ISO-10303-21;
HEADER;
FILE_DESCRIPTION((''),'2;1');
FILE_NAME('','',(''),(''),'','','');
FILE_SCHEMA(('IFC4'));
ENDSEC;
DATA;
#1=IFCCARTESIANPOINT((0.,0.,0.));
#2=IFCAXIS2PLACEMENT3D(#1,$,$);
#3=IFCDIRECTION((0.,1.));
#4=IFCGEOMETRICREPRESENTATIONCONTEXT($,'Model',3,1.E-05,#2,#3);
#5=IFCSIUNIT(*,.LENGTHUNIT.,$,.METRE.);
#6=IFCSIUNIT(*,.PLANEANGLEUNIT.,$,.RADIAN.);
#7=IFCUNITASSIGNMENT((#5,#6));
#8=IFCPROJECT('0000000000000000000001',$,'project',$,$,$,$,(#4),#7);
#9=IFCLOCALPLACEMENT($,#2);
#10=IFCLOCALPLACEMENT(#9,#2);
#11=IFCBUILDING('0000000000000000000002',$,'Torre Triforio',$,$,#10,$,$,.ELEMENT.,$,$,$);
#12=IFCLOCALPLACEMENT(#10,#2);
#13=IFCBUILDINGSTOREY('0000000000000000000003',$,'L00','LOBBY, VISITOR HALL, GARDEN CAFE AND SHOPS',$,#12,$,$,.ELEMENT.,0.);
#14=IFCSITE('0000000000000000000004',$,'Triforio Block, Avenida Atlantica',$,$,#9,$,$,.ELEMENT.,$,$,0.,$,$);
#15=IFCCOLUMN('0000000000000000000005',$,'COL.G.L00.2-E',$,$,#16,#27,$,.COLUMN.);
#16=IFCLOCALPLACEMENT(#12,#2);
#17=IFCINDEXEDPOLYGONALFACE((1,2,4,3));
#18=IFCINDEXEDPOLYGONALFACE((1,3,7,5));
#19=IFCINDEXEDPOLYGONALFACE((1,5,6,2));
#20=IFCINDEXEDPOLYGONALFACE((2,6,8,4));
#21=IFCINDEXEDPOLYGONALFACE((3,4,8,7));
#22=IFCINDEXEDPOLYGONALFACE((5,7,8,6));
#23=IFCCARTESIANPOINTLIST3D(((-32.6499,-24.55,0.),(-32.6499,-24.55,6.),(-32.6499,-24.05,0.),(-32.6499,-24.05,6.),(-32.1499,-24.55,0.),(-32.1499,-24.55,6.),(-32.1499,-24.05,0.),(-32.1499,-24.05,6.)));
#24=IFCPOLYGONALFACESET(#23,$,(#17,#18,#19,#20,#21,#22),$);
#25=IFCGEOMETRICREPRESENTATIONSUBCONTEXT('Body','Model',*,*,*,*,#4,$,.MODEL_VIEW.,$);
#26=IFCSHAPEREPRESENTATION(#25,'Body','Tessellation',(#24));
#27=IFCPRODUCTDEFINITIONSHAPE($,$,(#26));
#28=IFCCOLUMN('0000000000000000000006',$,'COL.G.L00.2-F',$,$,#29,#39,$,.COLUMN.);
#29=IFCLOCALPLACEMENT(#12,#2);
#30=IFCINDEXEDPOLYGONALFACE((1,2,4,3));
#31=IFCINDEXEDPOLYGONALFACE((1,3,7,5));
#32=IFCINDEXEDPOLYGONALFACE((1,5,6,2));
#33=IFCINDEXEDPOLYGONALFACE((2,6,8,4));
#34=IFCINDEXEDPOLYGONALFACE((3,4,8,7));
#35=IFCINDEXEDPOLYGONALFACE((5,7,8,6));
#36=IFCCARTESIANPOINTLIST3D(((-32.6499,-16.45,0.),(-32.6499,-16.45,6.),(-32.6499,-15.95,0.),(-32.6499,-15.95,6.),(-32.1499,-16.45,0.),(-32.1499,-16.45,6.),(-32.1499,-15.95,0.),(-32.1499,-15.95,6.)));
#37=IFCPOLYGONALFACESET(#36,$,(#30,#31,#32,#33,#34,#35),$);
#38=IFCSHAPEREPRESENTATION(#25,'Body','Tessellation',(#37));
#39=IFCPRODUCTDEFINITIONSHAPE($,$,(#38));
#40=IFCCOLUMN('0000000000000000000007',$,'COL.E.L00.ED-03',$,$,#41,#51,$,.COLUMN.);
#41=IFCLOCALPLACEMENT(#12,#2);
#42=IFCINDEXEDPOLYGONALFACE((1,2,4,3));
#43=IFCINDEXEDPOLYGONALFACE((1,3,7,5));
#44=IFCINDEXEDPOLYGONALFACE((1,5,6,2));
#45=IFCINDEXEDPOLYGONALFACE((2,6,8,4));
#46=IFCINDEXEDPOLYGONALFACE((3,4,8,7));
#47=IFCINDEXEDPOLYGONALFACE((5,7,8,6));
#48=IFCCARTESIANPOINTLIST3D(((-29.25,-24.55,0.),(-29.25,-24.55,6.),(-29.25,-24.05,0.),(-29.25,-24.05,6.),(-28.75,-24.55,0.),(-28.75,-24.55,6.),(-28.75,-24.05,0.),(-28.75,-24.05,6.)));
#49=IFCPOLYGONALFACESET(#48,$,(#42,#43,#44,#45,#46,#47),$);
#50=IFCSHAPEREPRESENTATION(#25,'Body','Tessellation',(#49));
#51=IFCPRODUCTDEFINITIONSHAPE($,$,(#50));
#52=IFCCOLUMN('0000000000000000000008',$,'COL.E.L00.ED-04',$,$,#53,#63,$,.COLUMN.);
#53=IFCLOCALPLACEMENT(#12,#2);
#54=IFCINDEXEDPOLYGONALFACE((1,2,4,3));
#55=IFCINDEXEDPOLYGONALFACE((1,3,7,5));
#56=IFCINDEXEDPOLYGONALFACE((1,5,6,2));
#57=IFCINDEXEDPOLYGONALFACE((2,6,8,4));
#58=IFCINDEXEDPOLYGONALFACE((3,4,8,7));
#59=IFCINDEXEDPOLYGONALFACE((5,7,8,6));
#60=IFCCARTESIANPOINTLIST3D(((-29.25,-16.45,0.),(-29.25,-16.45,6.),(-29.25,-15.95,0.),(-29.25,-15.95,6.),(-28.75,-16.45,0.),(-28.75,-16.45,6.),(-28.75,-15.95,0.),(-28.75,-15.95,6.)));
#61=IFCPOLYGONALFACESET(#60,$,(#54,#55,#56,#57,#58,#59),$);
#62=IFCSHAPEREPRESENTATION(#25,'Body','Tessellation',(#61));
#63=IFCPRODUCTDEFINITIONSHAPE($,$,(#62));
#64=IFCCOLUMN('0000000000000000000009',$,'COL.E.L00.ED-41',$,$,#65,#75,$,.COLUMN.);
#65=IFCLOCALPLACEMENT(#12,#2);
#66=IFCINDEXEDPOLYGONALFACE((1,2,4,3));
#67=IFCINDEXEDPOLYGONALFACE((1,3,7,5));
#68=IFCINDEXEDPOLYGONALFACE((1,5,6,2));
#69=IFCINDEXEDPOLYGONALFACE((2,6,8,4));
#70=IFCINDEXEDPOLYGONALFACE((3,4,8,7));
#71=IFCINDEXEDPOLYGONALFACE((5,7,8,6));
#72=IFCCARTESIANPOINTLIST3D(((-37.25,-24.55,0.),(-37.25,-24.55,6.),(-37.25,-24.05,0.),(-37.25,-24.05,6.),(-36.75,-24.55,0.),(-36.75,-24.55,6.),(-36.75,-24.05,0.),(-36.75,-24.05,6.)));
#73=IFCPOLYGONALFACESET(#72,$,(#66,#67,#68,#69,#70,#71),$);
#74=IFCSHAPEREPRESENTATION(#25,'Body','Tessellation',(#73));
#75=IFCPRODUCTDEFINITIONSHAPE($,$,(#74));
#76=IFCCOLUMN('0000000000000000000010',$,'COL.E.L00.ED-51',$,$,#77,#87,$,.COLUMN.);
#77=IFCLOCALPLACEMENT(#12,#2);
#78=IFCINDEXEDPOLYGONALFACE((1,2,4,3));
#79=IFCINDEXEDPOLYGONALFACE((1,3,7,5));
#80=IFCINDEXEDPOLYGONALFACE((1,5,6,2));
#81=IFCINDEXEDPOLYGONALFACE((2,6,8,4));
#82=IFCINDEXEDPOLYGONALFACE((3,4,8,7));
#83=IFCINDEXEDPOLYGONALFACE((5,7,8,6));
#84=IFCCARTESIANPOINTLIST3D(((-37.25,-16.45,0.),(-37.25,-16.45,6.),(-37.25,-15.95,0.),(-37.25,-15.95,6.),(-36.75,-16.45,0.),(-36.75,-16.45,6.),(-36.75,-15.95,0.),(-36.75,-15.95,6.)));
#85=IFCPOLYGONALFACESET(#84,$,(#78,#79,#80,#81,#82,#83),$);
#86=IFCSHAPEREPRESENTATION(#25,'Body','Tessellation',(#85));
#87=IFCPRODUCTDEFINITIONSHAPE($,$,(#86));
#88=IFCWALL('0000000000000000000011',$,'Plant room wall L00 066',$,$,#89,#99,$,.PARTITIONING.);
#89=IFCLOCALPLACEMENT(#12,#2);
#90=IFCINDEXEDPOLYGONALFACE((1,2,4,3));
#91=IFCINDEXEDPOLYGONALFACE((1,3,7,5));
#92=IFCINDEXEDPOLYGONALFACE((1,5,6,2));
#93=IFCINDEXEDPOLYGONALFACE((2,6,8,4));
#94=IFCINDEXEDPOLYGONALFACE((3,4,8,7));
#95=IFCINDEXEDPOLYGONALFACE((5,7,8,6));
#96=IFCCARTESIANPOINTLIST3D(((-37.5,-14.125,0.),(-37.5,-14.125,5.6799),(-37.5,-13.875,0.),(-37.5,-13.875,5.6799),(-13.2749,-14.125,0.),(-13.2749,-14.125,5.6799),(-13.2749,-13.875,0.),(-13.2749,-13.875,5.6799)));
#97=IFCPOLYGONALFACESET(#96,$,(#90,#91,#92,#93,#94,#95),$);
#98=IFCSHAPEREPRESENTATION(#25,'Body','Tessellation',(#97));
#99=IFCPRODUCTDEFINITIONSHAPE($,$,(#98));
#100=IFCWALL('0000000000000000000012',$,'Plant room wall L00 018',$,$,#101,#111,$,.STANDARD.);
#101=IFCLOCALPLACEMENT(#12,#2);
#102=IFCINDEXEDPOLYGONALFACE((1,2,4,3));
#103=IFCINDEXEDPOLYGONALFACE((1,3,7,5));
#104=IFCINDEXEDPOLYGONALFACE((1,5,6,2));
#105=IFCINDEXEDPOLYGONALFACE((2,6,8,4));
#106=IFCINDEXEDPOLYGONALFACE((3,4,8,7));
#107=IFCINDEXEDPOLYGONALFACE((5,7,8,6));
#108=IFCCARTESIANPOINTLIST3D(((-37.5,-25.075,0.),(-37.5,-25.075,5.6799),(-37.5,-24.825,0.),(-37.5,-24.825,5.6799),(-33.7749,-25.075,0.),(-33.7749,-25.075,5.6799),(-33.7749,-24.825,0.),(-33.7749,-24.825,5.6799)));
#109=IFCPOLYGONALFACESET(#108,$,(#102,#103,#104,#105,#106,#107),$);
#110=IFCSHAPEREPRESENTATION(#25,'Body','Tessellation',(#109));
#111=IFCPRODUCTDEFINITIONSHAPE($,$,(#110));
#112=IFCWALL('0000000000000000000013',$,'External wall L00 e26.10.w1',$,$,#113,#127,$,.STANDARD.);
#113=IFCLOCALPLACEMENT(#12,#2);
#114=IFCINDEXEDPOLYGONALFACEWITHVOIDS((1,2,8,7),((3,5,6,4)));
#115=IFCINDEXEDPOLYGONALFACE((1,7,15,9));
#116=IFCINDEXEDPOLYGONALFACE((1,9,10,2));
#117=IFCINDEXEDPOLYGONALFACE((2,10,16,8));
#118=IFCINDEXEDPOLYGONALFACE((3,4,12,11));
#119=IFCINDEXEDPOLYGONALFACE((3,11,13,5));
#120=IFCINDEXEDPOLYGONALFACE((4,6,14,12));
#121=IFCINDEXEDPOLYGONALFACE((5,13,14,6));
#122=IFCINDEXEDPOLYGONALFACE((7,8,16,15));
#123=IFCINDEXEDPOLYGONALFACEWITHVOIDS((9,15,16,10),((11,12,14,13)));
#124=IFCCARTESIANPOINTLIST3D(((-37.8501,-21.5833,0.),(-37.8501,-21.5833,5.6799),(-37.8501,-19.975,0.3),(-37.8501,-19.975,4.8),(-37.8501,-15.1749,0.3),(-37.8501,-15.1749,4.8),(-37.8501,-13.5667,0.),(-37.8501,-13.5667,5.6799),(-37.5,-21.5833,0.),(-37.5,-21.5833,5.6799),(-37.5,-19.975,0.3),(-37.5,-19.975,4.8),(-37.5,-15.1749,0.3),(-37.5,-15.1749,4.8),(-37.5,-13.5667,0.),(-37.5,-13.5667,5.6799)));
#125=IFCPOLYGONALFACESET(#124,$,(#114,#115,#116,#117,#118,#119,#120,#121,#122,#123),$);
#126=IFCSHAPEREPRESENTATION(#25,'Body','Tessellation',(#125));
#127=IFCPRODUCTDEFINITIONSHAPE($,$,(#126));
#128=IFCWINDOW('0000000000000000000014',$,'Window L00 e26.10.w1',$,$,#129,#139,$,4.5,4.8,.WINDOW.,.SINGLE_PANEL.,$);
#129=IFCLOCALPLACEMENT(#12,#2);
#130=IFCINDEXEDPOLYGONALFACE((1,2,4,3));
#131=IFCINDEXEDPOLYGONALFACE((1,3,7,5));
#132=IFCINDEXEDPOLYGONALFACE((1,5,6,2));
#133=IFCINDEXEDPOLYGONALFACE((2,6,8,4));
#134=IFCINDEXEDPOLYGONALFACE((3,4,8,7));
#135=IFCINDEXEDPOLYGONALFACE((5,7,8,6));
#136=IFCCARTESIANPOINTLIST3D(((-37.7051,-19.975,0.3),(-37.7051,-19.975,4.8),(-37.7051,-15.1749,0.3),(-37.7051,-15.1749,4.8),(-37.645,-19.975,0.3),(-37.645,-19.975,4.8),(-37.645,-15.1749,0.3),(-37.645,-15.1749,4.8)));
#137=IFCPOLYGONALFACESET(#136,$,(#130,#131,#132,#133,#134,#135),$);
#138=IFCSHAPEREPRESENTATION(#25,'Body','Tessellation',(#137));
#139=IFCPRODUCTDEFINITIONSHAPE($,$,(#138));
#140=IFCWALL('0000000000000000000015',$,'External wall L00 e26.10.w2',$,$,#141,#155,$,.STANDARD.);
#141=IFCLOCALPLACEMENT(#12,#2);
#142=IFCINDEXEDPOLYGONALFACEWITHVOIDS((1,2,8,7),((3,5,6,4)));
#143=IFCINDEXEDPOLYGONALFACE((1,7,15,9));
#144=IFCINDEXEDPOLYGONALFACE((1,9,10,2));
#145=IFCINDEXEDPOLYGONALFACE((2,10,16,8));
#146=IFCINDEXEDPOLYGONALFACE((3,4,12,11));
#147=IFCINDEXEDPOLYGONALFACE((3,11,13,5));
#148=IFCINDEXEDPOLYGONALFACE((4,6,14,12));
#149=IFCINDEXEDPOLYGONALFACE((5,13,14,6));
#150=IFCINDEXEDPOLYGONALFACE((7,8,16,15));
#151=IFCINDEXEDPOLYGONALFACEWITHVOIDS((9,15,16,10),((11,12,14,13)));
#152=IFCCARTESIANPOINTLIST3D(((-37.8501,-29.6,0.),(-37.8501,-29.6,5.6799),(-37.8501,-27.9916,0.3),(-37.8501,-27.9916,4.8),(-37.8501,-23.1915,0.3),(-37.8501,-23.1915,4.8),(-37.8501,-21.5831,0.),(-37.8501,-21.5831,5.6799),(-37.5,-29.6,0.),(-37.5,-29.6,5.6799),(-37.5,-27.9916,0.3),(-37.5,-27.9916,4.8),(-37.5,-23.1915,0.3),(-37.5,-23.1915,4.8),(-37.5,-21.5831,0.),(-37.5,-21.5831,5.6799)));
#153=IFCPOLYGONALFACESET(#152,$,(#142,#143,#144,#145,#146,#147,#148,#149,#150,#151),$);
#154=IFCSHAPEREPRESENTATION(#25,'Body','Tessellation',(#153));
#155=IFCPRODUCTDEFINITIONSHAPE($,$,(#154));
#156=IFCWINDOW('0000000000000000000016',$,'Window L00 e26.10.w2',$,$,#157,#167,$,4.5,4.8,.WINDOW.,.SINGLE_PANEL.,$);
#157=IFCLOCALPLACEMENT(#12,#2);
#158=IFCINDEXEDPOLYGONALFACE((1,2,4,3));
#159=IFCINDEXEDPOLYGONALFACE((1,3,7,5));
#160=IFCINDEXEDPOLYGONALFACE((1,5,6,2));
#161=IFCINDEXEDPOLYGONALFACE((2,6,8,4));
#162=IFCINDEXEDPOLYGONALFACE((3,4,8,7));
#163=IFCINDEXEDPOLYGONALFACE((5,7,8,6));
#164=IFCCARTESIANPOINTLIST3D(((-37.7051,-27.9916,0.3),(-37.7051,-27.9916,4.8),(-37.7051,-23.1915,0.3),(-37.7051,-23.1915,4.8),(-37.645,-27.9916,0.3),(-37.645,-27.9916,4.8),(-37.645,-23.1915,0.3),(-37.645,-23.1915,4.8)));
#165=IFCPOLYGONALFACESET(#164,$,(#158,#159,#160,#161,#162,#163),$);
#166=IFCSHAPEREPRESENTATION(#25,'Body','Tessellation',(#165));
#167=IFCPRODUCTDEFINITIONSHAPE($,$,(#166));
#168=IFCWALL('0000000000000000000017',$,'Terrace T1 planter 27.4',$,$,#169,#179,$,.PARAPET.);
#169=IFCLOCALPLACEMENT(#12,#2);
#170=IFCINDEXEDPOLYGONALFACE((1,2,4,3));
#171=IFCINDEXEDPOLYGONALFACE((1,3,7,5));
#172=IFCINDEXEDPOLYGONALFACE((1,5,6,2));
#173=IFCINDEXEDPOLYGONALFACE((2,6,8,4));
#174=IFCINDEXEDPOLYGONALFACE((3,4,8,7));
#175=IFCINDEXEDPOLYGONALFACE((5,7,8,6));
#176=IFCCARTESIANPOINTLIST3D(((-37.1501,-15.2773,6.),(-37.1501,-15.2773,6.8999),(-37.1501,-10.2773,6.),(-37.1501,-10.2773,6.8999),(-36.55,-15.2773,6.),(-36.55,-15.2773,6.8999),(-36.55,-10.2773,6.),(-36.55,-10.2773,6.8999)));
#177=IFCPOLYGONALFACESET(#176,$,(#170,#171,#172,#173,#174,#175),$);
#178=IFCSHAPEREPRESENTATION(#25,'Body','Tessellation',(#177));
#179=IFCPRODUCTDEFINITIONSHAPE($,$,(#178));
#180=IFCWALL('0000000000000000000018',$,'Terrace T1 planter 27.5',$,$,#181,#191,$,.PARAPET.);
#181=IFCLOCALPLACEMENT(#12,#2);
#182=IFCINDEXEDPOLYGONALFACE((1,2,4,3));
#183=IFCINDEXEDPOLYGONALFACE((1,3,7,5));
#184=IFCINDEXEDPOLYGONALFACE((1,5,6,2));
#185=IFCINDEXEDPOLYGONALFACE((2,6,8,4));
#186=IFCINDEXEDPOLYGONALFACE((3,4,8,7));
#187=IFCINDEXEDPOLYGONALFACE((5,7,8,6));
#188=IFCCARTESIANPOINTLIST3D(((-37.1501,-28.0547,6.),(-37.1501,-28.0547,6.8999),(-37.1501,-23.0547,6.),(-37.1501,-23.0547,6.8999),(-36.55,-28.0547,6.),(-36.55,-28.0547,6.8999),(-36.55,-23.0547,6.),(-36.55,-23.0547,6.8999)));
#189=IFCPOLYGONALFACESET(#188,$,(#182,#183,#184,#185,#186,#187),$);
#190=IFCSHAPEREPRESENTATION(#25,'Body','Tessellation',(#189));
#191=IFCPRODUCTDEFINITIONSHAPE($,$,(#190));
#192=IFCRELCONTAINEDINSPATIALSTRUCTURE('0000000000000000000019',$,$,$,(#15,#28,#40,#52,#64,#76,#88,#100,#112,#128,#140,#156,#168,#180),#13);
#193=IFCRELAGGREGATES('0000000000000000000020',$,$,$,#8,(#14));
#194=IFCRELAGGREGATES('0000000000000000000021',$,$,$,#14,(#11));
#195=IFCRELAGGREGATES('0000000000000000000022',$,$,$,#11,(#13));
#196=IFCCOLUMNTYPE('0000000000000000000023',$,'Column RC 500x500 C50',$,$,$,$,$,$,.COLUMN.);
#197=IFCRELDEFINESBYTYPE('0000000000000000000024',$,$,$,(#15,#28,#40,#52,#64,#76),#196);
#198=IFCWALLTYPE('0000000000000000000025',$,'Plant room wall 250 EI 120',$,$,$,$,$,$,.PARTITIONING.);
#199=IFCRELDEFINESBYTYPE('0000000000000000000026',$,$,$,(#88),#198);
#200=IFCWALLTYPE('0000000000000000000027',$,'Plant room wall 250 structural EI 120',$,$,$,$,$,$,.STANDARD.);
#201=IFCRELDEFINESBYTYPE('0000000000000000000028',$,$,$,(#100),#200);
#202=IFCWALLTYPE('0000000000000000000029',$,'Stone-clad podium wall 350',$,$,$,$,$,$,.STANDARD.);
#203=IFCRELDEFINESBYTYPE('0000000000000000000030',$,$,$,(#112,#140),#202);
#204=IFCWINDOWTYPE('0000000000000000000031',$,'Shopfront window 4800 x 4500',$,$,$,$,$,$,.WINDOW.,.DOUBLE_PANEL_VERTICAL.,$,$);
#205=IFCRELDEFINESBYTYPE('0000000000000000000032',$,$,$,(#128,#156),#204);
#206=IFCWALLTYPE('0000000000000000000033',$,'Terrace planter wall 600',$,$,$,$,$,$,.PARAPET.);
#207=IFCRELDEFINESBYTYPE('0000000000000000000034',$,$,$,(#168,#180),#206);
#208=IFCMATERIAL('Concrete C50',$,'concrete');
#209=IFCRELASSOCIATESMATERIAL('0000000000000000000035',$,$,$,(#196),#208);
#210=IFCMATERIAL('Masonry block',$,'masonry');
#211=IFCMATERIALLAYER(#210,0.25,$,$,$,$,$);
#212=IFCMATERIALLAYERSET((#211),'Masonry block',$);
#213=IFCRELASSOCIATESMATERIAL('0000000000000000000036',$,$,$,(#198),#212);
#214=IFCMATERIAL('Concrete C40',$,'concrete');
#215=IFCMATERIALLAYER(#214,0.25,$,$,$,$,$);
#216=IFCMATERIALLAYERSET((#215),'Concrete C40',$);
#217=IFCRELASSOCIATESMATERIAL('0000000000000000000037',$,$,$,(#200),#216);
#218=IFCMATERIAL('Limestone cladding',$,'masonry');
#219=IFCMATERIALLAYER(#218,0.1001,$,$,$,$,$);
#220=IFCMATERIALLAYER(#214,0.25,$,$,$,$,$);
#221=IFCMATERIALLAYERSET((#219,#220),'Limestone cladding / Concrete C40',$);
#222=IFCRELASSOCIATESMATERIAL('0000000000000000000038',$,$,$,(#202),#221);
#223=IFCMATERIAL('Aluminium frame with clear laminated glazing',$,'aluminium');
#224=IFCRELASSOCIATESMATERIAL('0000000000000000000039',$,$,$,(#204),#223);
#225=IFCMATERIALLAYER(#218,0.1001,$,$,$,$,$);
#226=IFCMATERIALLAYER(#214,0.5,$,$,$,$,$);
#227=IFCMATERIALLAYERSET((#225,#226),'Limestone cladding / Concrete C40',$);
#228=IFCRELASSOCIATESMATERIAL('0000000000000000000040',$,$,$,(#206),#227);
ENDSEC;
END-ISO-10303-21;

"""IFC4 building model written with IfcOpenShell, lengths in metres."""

from ifc_helpers import new_model, si_unit, direction, frame, frame_2d, origin, origin_2d, place, context, subcontext, project, spatial, rectangle, extrude, material, layer, layer_set, material_profile, profile_set, type_object, element, fill, save


model = new_model("IFC4")

# Units and contexts
model_context = context("Model", 3, precision=1e-05, world=origin(), true_north=direction((0.0, 1.0)))
body_context = subcontext(model_context, "Body", "Model", "MODEL_VIEW")
ifc_project = project(units=[si_unit("LENGTHUNIT", "METRE"), si_unit("PLANEANGLEUNIT", "RADIAN")], contexts=[model_context])

# Site, building, storey
site_placement = place(None, origin())
site = spatial("IfcSite", under=ifc_project, at=site_placement, Name="Triforio Block, Avenida Atlantica", CompositionType="ELEMENT", RefElevation=0.0)
building_placement = place(site_placement, origin())
building = spatial("IfcBuilding", under=site, at=building_placement, Name="Torre Triforio", CompositionType="ELEMENT")
storey_placement = place(building_placement, origin())
storey = spatial("IfcBuildingStorey", under=building, at=storey_placement, Name="L00", Description="LOBBY, VISITOR HALL, GARDEN CAFE AND SHOPS", CompositionType="ELEMENT", Elevation=0.0)

# Columns
ifc_material_1 = material(Name="Concrete C50", Category="concrete")
ifc_material_profile = material_profile(ifc_material_1, rectangle(XDim=0.5, YDim=0.5, at=origin_2d()), Name="RC 500x500")
ifc_profile_set = profile_set([ifc_material_profile], Name="Concrete C50")
column_type = type_object("IfcColumnType", Name="Column RC 500x500 C50", PredefinedType="COLUMN", material=ifc_profile_set)
for number, where, z_axis, x_axis, name in (
    (1, (-32.3999, -24.3, 0.0), (0.0, 0.0, 1.0), (1.0, 0.0, 0.0), "COL.G.L00.2-E"),
    (2, (-32.3999, -16.2, 0.0), (0.0, 0.0, 1.0), (1.0, 0.0, 0.0), "COL.G.L00.2-F"),
    (3, (-29.0, -24.3, 0.0), (0.0, 0.0, 1.0), (1.0, 0.0, 0.0), "COL.E.L00.ED-03"),
    (4, (-29.0, -16.2, 0.0), (0.0, 0.0, 1.0), (1.0, 0.0, 0.0), "COL.E.L00.ED-04"),
    (5, (-37.0, -24.3, 0.0), (0.0, 0.0, 1.0), (1.0, 0.0, 0.0), "COL.E.L00.ED-41"),
    (6, (-37.0, -16.2, 0.0), (0.0, 0.0, 1.0), (1.0, 0.0, 0.0), "COL.E.L00.ED-51"),
):
    element("IfcColumn", number, at=place(storey_placement, frame(where, z_axis=z_axis, x_axis=x_axis)), inside=storey, type_object=column_type, Name=name, PredefinedType="COLUMN", context=body_context, shape_type="SweptSolid", body=[
        extrude(rectangle(XDim=0.5, YDim=0.5, at=origin_2d()), origin(), (0.0, 0.0, 1.0), 6.0),
    ])

# Walls
ifc_material_2 = material(Name="Masonry block", Category="masonry")
ifc_layer_1 = layer(ifc_material_2, 0.25)
ifc_layer_set_1 = layer_set([ifc_layer_1], Name="Masonry block")
wall_type_1 = type_object("IfcWallType", Name="Plant room wall 250 EI 120", PredefinedType="PARTITIONING", material=ifc_layer_set_1)
wall_1_placement = place(storey_placement, frame((-37.5, -14.0, 0.0), z_axis=(0.0, 0.0, 1.0), x_axis=(1.0, 0.0, 0.0)))
element("IfcWall", 7, at=wall_1_placement, inside=storey, type_object=wall_type_1, Name="Plant room wall L00 066", PredefinedType="PARTITIONING", context=body_context, shape_type="SweptSolid", body=[
    extrude(rectangle(XDim=24.2251, YDim=0.25, at=frame_2d((12.1125, 0.0))), origin(), (0.0, 0.0, 1.0), 5.6799),
])
ifc_material_3 = material(Name="Concrete C40", Category="concrete")
ifc_layer_2 = layer(ifc_material_3, 0.25)
ifc_layer_set_2 = layer_set([ifc_layer_2], Name="Concrete C40")
wall_type_2 = type_object("IfcWallType", Name="Plant room wall 250 structural EI 120", PredefinedType="STANDARD", material=ifc_layer_set_2)
wall_2_placement = place(storey_placement, frame((-37.5, -24.95, 0.0), z_axis=(0.0, 0.0, 1.0), x_axis=(1.0, 0.0, 0.0)))
element("IfcWall", 8, at=wall_2_placement, inside=storey, type_object=wall_type_2, Name="Plant room wall L00 018", PredefinedType="STANDARD", context=body_context, shape_type="SweptSolid", body=[
    extrude(rectangle(XDim=3.7251, YDim=0.25, at=frame_2d((1.8625, 0.0))), origin(), (0.0, 0.0, 1.0), 5.6799),
])

# Walls, openings, windows
ifc_material_4 = material(Name="Limestone cladding", Category="masonry")
ifc_layer_3 = layer(ifc_material_4, 0.1001)
ifc_layer_4 = layer(ifc_material_3, 0.25)
ifc_layer_set_3 = layer_set([ifc_layer_3, ifc_layer_4], Name="Limestone cladding / Concrete C40")
wall_type_3 = type_object("IfcWallType", Name="Stone-clad podium wall 350", PredefinedType="STANDARD", material=ifc_layer_set_3)
wall_3_placement = place(storey_placement, frame((-37.675, -13.5667, 0.0), z_axis=(0.0, 0.0, 1.0), x_axis=(0.0, -1.0, 0.0)))
wall_3 = element("IfcWall", 9, at=wall_3_placement, inside=storey, type_object=wall_type_3, Name="External wall L00 e26.10.w1", PredefinedType="STANDARD", context=body_context, shape_type="SweptSolid", body=[
    extrude(rectangle(XDim=8.0166, YDim=0.3501, at=frame_2d((4.0083, 0.0))), origin(), (0.0, 0.0, 1.0), 5.6799),
])
opening_1_placement = place(wall_3_placement, frame((1.6084, 0.0, 0.3)))
opening_1 = element("IfcOpeningElement", 10, at=opening_1_placement, cuts=wall_3, PredefinedType="OPENING", context=body_context, shape_type="SweptSolid", body=[
    extrude(rectangle(XDim=4.8, YDim=4.5, at=frame_2d((2.3999, 2.25))), frame((0.0, 0.1851, 0.0), z_axis=(0.0, -1.0, 0.0), x_axis=(1.0, 0.0, 0.0)), (0.0, 0.0, 1.0), 0.3701),
])
ifc_material_5 = material(Name="Aluminium frame with clear laminated glazing", Category="aluminium")
window_type = type_object("IfcWindowType", Name="Shopfront window 4800 x 4500", PartitioningType="DOUBLE_PANEL_VERTICAL", PredefinedType="WINDOW", material=ifc_material_5)
window_1_placement = place(opening_1_placement, origin())
window_1 = element("IfcWindow", 11, at=window_1_placement, inside=storey, type_object=window_type, Name="Window L00 e26.10.w1", OverallHeight=4.5, OverallWidth=4.8, PartitioningType="SINGLE_PANEL", PredefinedType="WINDOW", context=body_context, shape_type="SweptSolid", body=[
    extrude(rectangle(XDim=4.8, YDim=4.5, at=frame_2d((2.3999, 2.25))), frame((0.0, 0.03, 0.0), z_axis=(0.0, -1.0, 0.0), x_axis=(1.0, 0.0, 0.0)), (0.0, 0.0, 1.0), 0.0601),
])
fill(opening_1, window_1)
wall_4_placement = place(storey_placement, frame((-37.675, -21.5833, 0.0), z_axis=(0.0, 0.0, 1.0), x_axis=(0.0, -1.0, 0.0)))
wall_4 = element("IfcWall", 12, at=wall_4_placement, inside=storey, type_object=wall_type_3, Name="External wall L00 e26.10.w2", PredefinedType="STANDARD", context=body_context, shape_type="SweptSolid", body=[
    extrude(rectangle(XDim=8.0168, YDim=0.3501, at=frame_2d((4.0083, 0.0))), origin(), (0.0, 0.0, 1.0), 5.6799),
])
opening_2_placement = place(wall_4_placement, frame((1.6084, 0.0, 0.3)))
opening_2 = element("IfcOpeningElement", 13, at=opening_2_placement, cuts=wall_4, PredefinedType="OPENING", context=body_context, shape_type="SweptSolid", body=[
    extrude(rectangle(XDim=4.8, YDim=4.5, at=frame_2d((2.3999, 2.25))), frame((0.0, 0.1851, 0.0), z_axis=(0.0, -1.0, 0.0), x_axis=(1.0, 0.0, 0.0)), (0.0, 0.0, 1.0), 0.3701),
])
window_2_placement = place(opening_2_placement, origin())
window_2 = element("IfcWindow", 14, at=window_2_placement, inside=storey, type_object=window_type, Name="Window L00 e26.10.w2", OverallHeight=4.5, OverallWidth=4.8, PartitioningType="SINGLE_PANEL", PredefinedType="WINDOW", context=body_context, shape_type="SweptSolid", body=[
    extrude(rectangle(XDim=4.8, YDim=4.5, at=frame_2d((2.3999, 2.25))), frame((0.0, 0.03, 0.0), z_axis=(0.0, -1.0, 0.0), x_axis=(1.0, 0.0, 0.0)), (0.0, 0.0, 1.0), 0.0601),
])
fill(opening_2, window_2)

# Walls
ifc_layer_5 = layer(ifc_material_4, 0.1001)
ifc_layer_6 = layer(ifc_material_3, 0.5)
ifc_layer_set_4 = layer_set([ifc_layer_5, ifc_layer_6], Name="Limestone cladding / Concrete C40")
wall_type_4 = type_object("IfcWallType", Name="Terrace planter wall 600", PredefinedType="PARAPET", material=ifc_layer_set_4)
for number, where, z_axis, x_axis, name in (
    (15, (-36.8501, -10.2773, 6.0), (0.0, 0.0, 1.0), (0.0, -1.0, 0.0), "Terrace T1 planter 27.4"),
    (16, (-36.8501, -23.0547, 6.0), (0.0, 0.0, 1.0), (0.0, -1.0, 0.0), "Terrace T1 planter 27.5"),
):
    element("IfcWall", number, at=place(storey_placement, frame(where, z_axis=z_axis, x_axis=x_axis)), inside=storey, type_object=wall_type_4, Name=name, PredefinedType="PARAPET", context=body_context, shape_type="SweptSolid", body=[
        extrude(rectangle(XDim=5.0, YDim=0.6001, at=frame_2d((2.5, 0.0))), origin(), (0.0, 0.0, 1.0), 0.8999),
    ])

save(model, "model.ifc")
